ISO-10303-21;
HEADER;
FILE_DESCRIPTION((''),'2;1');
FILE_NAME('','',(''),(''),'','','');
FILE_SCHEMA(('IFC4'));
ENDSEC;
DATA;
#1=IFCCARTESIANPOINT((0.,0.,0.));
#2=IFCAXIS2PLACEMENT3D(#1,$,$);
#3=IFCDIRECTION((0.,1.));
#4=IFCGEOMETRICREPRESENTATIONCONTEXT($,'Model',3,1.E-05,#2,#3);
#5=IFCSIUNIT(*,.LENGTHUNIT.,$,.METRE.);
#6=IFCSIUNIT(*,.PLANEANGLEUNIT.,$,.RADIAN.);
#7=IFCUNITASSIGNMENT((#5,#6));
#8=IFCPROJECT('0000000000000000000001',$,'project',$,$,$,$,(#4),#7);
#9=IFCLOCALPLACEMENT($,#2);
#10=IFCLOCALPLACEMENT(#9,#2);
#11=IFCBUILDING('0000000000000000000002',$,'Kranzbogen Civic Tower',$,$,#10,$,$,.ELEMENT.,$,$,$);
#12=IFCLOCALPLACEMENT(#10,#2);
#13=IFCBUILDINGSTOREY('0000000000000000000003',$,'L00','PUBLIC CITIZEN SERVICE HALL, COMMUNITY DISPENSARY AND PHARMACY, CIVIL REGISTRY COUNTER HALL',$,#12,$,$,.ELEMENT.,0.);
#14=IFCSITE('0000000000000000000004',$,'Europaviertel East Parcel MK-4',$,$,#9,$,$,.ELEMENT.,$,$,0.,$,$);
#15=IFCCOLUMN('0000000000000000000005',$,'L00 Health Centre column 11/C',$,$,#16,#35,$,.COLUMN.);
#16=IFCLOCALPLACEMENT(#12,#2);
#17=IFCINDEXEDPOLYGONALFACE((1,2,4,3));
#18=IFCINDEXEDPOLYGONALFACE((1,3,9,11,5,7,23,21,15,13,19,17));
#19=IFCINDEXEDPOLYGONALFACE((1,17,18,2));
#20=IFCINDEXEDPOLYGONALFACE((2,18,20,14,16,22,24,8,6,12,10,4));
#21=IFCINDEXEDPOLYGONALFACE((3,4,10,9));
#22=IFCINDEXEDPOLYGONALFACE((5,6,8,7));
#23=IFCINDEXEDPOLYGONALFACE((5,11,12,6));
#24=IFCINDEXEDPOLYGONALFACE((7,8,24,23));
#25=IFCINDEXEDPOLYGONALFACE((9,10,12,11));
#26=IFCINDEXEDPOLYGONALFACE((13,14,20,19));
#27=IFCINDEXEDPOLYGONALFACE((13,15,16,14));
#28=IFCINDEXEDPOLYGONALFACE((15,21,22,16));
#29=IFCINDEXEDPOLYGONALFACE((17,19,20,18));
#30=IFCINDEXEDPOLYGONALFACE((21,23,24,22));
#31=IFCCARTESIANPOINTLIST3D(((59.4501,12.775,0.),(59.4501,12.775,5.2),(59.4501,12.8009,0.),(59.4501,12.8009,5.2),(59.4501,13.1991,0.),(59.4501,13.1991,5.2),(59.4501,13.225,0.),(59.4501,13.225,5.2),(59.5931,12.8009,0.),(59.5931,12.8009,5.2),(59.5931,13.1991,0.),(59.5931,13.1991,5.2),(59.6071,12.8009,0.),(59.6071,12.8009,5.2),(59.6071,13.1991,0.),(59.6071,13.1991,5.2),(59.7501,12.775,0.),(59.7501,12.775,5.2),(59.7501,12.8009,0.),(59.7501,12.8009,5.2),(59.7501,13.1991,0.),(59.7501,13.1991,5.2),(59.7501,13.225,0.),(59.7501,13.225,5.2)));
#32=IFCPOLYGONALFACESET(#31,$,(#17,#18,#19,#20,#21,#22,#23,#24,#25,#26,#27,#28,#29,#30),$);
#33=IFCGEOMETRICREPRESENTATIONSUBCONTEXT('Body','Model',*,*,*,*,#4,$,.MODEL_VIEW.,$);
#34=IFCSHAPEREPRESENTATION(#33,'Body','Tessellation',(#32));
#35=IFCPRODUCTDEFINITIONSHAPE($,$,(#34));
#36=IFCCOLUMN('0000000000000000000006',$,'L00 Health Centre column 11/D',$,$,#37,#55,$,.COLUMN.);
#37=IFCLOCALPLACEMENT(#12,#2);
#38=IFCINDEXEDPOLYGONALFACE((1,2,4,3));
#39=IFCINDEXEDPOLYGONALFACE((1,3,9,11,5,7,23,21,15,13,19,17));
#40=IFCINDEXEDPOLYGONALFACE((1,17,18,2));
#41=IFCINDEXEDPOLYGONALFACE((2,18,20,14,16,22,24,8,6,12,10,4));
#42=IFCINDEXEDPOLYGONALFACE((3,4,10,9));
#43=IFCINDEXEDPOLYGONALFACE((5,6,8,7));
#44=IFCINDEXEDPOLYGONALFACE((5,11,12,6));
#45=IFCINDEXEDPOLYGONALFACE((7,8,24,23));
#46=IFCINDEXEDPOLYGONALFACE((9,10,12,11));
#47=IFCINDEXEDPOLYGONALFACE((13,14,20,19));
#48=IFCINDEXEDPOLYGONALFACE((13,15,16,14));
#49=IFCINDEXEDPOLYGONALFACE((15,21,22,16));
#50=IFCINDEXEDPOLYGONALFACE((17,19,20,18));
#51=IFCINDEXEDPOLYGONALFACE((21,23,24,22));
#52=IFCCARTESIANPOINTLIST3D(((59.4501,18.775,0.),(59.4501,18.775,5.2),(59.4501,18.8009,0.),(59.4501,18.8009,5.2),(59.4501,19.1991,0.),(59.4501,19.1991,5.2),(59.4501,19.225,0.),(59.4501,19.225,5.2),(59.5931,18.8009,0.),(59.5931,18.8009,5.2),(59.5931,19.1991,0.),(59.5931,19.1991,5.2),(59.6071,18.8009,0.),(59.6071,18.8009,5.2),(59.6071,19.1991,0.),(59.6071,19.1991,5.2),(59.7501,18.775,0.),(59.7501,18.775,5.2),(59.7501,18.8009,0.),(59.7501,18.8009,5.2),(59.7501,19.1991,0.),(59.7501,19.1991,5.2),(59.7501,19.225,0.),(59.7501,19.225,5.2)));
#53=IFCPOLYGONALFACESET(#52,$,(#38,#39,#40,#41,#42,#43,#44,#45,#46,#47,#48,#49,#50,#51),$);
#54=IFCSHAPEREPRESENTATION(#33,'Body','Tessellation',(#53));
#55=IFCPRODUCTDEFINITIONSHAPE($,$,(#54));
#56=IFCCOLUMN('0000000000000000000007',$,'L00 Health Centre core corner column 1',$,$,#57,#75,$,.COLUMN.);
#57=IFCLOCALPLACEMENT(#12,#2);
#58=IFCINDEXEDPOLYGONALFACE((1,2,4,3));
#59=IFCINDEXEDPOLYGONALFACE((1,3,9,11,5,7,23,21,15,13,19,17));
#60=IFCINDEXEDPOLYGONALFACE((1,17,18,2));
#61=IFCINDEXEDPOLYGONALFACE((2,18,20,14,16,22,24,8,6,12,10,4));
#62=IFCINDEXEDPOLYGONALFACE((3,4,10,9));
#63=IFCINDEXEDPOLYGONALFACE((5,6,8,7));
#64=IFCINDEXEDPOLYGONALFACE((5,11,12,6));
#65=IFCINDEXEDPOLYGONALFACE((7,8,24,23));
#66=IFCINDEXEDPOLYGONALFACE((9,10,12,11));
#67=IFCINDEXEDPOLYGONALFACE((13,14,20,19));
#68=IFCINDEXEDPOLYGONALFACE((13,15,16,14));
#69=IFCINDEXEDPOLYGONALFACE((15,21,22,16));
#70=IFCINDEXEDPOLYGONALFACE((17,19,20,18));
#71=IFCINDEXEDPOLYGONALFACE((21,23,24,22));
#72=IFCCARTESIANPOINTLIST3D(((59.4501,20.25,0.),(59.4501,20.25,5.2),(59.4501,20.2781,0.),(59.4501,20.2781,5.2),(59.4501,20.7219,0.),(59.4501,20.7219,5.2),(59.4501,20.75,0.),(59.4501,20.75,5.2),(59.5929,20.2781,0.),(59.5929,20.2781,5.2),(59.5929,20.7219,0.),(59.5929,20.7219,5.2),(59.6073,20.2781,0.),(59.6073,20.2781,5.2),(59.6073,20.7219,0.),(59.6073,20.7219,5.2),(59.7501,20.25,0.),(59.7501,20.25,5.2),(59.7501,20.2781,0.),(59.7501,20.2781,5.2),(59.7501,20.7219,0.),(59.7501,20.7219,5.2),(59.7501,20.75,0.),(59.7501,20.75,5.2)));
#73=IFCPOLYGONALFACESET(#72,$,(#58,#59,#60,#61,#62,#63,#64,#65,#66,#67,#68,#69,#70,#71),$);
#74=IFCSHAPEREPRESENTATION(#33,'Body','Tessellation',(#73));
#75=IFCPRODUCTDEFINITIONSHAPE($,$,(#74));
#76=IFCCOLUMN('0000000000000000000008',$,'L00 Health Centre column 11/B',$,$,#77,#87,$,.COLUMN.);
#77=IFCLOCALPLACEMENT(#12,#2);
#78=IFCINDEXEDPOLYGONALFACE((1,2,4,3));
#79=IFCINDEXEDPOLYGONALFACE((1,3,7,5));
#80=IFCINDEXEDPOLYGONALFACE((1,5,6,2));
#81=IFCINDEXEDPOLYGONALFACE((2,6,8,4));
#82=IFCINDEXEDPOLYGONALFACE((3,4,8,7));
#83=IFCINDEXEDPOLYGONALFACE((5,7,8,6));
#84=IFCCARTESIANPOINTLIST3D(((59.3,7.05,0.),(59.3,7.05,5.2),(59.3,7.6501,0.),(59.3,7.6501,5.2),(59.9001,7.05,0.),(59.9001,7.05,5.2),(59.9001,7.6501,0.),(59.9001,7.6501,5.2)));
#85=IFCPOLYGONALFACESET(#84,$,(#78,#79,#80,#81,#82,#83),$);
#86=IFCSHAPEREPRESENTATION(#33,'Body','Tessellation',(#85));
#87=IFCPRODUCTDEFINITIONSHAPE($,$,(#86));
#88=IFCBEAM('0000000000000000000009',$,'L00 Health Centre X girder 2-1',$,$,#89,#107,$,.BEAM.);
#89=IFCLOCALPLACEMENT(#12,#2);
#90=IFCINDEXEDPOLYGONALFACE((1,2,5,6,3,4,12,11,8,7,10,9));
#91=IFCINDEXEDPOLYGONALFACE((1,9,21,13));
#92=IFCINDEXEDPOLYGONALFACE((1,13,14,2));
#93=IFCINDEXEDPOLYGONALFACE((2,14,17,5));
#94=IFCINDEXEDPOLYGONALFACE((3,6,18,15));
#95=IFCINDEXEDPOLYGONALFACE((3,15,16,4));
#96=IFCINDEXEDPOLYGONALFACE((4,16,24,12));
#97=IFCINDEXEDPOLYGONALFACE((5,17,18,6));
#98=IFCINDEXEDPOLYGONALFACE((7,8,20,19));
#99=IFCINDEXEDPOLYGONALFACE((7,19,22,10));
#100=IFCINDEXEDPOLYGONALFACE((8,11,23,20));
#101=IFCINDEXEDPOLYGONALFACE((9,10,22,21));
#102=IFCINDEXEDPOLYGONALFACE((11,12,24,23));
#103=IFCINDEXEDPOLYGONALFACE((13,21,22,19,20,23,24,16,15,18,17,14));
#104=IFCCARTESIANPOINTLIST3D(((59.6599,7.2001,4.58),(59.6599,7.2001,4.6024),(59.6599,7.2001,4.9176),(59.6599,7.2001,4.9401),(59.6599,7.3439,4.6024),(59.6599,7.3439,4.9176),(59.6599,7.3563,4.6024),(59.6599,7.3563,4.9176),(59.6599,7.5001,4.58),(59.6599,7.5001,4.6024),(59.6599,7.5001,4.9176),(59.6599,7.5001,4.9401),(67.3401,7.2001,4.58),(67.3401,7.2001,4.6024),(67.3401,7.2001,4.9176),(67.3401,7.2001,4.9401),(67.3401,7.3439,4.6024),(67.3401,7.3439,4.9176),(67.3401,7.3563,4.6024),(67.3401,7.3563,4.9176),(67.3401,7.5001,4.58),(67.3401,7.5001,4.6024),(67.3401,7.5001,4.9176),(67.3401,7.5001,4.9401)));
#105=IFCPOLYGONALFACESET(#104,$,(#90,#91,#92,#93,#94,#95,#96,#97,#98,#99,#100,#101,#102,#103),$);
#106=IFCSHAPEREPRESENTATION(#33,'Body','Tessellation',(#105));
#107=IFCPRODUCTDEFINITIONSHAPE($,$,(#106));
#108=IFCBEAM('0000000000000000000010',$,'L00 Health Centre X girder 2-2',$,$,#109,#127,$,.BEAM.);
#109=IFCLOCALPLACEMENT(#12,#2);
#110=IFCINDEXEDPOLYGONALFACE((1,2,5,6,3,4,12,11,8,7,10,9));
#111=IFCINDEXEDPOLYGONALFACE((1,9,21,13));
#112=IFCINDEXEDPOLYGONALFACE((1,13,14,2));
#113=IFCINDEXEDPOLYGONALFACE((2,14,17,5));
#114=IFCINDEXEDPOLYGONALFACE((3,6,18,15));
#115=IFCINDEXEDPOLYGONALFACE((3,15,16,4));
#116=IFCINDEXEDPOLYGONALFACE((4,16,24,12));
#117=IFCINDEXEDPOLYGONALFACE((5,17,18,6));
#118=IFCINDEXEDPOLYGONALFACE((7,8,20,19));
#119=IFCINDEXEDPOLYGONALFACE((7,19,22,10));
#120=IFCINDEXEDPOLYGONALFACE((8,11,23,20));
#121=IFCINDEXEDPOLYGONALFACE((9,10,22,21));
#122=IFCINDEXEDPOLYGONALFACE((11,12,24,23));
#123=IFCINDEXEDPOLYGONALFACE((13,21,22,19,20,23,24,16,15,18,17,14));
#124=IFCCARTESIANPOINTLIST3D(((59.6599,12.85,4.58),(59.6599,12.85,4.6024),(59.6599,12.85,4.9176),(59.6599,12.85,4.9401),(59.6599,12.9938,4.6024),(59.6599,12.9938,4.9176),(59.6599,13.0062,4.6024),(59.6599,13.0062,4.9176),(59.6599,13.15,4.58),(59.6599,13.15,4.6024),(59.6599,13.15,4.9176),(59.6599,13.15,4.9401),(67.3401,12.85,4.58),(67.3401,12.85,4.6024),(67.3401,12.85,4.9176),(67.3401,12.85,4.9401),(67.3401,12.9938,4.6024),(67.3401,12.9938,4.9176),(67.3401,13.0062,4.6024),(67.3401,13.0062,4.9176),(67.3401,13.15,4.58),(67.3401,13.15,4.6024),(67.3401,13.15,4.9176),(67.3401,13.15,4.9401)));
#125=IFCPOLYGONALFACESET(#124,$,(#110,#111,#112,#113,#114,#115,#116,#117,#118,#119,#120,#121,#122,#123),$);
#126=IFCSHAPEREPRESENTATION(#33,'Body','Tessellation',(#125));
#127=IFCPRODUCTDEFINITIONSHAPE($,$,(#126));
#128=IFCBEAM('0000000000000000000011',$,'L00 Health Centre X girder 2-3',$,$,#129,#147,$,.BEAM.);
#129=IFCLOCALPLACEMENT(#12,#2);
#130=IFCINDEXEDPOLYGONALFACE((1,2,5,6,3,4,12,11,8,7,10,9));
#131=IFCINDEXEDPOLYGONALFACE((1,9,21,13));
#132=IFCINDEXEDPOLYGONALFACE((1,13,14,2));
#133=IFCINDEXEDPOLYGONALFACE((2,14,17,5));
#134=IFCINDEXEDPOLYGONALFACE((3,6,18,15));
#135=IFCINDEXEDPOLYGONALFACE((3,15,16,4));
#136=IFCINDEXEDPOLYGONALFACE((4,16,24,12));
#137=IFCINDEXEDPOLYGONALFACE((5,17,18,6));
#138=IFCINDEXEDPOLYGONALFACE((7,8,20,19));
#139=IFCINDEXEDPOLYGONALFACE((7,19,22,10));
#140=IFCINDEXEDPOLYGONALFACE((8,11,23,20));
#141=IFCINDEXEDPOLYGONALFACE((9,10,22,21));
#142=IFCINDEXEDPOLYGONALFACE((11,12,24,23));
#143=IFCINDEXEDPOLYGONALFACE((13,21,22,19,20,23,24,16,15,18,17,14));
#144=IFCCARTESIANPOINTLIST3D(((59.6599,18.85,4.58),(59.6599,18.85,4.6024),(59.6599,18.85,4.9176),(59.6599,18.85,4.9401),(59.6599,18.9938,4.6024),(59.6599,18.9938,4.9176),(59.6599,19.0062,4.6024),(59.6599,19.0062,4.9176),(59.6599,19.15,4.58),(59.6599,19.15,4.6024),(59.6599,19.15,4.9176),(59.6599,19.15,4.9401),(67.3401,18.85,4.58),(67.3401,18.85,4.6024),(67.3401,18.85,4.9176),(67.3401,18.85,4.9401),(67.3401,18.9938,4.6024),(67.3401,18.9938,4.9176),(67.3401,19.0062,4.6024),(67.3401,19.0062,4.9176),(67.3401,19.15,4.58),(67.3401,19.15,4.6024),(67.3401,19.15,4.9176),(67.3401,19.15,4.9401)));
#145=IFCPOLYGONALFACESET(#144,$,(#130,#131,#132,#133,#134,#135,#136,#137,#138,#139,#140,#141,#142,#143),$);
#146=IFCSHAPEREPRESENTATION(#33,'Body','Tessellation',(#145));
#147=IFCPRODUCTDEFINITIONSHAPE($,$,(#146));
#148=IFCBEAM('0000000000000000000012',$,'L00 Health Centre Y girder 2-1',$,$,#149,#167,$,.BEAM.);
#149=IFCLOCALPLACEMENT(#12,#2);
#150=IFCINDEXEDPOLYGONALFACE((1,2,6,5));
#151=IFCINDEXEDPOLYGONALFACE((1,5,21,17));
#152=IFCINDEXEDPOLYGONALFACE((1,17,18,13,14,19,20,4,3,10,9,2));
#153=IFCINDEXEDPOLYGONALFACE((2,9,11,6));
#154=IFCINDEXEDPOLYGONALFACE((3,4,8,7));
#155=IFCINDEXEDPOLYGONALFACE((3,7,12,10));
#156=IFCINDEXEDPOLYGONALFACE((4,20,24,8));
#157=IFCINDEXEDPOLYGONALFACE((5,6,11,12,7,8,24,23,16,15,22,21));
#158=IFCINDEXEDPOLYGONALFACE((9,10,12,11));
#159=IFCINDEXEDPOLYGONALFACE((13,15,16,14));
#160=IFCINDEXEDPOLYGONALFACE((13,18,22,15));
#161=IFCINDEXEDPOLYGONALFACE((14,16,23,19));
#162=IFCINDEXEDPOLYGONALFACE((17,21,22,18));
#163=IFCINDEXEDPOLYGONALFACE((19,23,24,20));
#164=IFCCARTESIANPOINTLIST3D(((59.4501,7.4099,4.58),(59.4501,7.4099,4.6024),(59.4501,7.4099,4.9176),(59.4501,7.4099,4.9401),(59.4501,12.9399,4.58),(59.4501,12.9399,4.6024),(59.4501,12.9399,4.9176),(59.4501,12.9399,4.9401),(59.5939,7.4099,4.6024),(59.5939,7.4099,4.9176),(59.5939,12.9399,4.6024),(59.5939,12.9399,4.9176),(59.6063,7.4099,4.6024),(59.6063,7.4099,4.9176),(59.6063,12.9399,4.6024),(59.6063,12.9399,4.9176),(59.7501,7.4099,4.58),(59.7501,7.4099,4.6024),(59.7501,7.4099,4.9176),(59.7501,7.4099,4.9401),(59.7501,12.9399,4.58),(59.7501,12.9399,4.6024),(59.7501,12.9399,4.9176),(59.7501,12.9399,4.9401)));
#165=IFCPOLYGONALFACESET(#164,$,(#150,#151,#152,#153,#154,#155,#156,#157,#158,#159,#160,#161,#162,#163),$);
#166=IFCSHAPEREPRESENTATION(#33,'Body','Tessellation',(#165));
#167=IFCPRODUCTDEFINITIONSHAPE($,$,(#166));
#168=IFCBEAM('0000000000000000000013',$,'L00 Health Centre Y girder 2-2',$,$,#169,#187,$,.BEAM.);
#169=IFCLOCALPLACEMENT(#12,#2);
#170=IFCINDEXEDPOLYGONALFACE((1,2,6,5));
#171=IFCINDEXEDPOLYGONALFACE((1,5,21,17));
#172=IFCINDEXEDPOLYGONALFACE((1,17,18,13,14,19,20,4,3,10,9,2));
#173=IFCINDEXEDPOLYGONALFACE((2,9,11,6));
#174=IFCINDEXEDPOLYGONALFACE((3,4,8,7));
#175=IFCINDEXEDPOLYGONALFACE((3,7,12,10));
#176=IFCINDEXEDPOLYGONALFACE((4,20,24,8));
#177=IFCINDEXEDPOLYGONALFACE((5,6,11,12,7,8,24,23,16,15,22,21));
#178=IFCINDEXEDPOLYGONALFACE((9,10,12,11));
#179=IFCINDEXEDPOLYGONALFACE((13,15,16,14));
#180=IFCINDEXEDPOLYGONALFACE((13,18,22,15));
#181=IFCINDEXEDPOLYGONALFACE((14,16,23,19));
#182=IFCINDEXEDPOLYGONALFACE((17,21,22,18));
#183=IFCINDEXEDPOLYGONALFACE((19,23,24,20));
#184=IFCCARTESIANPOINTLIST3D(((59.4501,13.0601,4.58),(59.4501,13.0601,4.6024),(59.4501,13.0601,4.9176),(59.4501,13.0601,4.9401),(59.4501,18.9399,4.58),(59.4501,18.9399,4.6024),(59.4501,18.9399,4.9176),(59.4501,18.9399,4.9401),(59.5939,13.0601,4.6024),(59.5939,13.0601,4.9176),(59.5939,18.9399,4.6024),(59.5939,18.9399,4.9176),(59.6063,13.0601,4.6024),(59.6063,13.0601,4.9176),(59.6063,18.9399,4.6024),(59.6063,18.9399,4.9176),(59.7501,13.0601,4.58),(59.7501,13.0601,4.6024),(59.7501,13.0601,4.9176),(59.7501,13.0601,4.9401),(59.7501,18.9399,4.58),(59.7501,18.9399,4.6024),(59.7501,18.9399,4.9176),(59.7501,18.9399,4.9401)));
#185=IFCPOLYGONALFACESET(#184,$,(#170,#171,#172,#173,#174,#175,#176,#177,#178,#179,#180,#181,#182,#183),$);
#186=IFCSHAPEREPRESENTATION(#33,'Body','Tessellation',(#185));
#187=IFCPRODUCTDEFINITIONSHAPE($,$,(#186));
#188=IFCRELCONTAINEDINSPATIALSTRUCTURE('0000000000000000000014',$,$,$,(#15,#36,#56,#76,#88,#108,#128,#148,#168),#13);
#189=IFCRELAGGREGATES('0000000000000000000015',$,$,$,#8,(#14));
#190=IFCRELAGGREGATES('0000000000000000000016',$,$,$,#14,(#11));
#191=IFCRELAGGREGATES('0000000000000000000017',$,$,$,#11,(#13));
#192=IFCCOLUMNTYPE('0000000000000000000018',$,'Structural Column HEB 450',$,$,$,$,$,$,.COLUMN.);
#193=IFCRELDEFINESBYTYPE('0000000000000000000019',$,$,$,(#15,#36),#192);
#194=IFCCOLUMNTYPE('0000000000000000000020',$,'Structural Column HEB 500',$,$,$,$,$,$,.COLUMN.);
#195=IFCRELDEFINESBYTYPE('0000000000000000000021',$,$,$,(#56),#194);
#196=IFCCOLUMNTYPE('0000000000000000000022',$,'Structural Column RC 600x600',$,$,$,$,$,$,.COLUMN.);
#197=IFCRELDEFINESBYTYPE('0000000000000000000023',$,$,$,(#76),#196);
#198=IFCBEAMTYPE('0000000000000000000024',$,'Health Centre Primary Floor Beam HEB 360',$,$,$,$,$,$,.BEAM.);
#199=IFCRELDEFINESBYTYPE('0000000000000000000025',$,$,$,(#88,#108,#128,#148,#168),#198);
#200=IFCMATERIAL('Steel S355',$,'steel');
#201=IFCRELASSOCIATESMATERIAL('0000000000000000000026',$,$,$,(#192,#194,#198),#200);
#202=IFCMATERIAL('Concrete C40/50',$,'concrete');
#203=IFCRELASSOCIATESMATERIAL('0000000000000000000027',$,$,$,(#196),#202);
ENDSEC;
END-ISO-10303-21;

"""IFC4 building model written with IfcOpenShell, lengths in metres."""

from ifc_helpers import new_model, si_unit, direction, frame, origin, origin_2d, place, context, subcontext, project, spatial, rectangle, i_section, extrude, material, material_profile, profile_set, type_object, element, save


model = new_model("IFC4")

# Units and contexts
model_context = context("Model", 3, precision=1e-05, world=origin(), true_north=direction((0.0, 1.0)))
body_context = subcontext(model_context, "Body", "Model", "MODEL_VIEW")
ifc_project = project(units=[si_unit("LENGTHUNIT", "METRE"), si_unit("PLANEANGLEUNIT", "RADIAN")], contexts=[model_context])

# Site, building, storey
site_placement = place(None, origin())
site = spatial("IfcSite", under=ifc_project, at=site_placement, Name="Europaviertel East Parcel MK-4", CompositionType="ELEMENT", RefElevation=0.0)
building_placement = place(site_placement, origin())
building = spatial("IfcBuilding", under=site, at=building_placement, Name="Kranzbogen Civic Tower", CompositionType="ELEMENT")
storey_placement = place(building_placement, origin())
storey = spatial("IfcBuildingStorey", under=building, at=storey_placement, Name="L00", Description="PUBLIC CITIZEN SERVICE HALL, COMMUNITY DISPENSARY AND PHARMACY, CIVIL REGISTRY COUNTER HALL", CompositionType="ELEMENT", Elevation=0.0)

# Columns
ifc_material_1 = material(Name="Steel S355", Category="steel")
ifc_material_profile_1 = material_profile(ifc_material_1, i_section(OverallWidth=0.3, OverallDepth=0.45, WebThickness=0.0139, FlangeThickness=0.0259, at=origin_2d()), Name="HEB 450")
ifc_profile_set_1 = profile_set([ifc_material_profile_1], Name="Steel S355")
column_type_1 = type_object("IfcColumnType", Name="Structural Column HEB 450", PredefinedType="COLUMN", material=ifc_profile_set_1)
for number, where, z_axis, x_axis, name in (
    (1, (59.6001, 13.0, 0.0), (0.0, 0.0, 1.0), (1.0, 0.0, 0.0), "L00 Health Centre column 11/C"),
    (2, (59.6001, 19.0, 0.0), (0.0, 0.0, 1.0), (1.0, 0.0, 0.0), "L00 Health Centre column 11/D"),
):
    element("IfcColumn", number, at=place(storey_placement, frame(where, z_axis=z_axis, x_axis=x_axis)), inside=storey, type_object=column_type_1, Name=name, PredefinedType="COLUMN", context=body_context, shape_type="SweptSolid", body=[
        extrude(i_section(OverallWidth=0.3, OverallDepth=0.45, WebThickness=0.0139, FlangeThickness=0.0259, at=origin_2d()), origin(), (0.0, 0.0, 1.0), 5.2),
    ])
ifc_material_profile_2 = material_profile(ifc_material_1, i_section(OverallWidth=0.3, OverallDepth=0.5, WebThickness=0.0144, FlangeThickness=0.0281, at=origin_2d()), Name="HEB 500")
ifc_profile_set_2 = profile_set([ifc_material_profile_2], Name="Steel S355")
column_type_2 = type_object("IfcColumnType", Name="Structural Column HEB 500", PredefinedType="COLUMN", material=ifc_profile_set_2)
column_1_placement = place(storey_placement, frame((59.6001, 20.5, 0.0), z_axis=(0.0, 0.0, 1.0), x_axis=(1.0, 0.0, 0.0)))
element("IfcColumn", 3, at=column_1_placement, inside=storey, type_object=column_type_2, Name="L00 Health Centre core corner column 1", PredefinedType="COLUMN", context=body_context, shape_type="SweptSolid", body=[
    extrude(i_section(OverallWidth=0.3, OverallDepth=0.5, WebThickness=0.0144, FlangeThickness=0.0281, at=origin_2d()), origin(), (0.0, 0.0, 1.0), 5.2),
])
ifc_material_2 = material(Name="Concrete C40/50", Category="concrete")
ifc_material_profile_3 = material_profile(ifc_material_2, rectangle(XDim=0.6001, YDim=0.6001, at=origin_2d()), Name="RC 600x600")
ifc_profile_set_3 = profile_set([ifc_material_profile_3], Name="Concrete C40/50")
column_type_3 = type_object("IfcColumnType", Name="Structural Column RC 600x600", PredefinedType="COLUMN", material=ifc_profile_set_3)
column_2_placement = place(storey_placement, frame((59.6001, 7.3501, 0.0), z_axis=(0.0, 0.0, 1.0), x_axis=(1.0, 0.0, 0.0)))
element("IfcColumn", 4, at=column_2_placement, inside=storey, type_object=column_type_3, Name="L00 Health Centre column 11/B", PredefinedType="COLUMN", context=body_context, shape_type="SweptSolid", body=[
    extrude(rectangle(XDim=0.6001, YDim=0.6001, at=origin_2d()), origin(), (0.0, 0.0, 1.0), 5.2),
])

# Beams
ifc_material_profile_4 = material_profile(ifc_material_1, i_section(OverallWidth=0.3, OverallDepth=0.3601, WebThickness=0.0125, FlangeThickness=0.0225, at=origin_2d()), Name="HEB 360")
ifc_profile_set_4 = profile_set([ifc_material_profile_4], Name="Steel S355")
beam_type_1 = type_object("IfcBeamType", Name="Health Centre Primary Floor Beam HEB 360", PredefinedType="BEAM", material=ifc_profile_set_4)
for number, where, z_axis, x_axis, name in (
    (5, (59.6599, 7.3501, 4.76), (1.0, 0.0, 0.0), (0.0, 1.0, 0.0), "L00 Health Centre X girder 2-1"),
    (6, (59.6599, 13.0, 4.76), (1.0, 0.0, 0.0), (0.0, 1.0, 0.0), "L00 Health Centre X girder 2-2"),
    (7, (59.6599, 19.0, 4.76), (1.0, 0.0, 0.0), (0.0, 1.0, 0.0), "L00 Health Centre X girder 2-3"),
):
    element("IfcBeam", number, at=place(storey_placement, frame(where, z_axis=z_axis, x_axis=x_axis)), inside=storey, type_object=beam_type_1, Name=name, PredefinedType="BEAM", context=body_context, shape_type="SweptSolid", body=[
        extrude(i_section(OverallWidth=0.3, OverallDepth=0.3601, WebThickness=0.0125, FlangeThickness=0.0225, at=origin_2d()), origin(), (0.0, 0.0, 1.0), 7.6802),
    ])
beam_1_placement = place(storey_placement, frame((59.6001, 7.4099, 4.76), z_axis=(0.0, 1.0, 0.0), x_axis=(-1.0, 0.0, 0.0)))
element("IfcBeam", 8, at=beam_1_placement, inside=storey, type_object=beam_type_1, Name="L00 Health Centre Y girder 2-1", PredefinedType="BEAM", context=body_context, shape_type="SweptSolid", body=[
    extrude(i_section(OverallWidth=0.3, OverallDepth=0.3601, WebThickness=0.0125, FlangeThickness=0.0225, at=origin_2d()), origin(), (0.0, 0.0, 1.0), 5.53),
])
for number, where, z_axis, x_axis, name in (
    (9, (59.6001, 13.0601, 4.76), (0.0, 1.0, 0.0), (-1.0, 0.0, 0.0), "L00 Health Centre Y girder 2-2"),
):
    element("IfcBeam", number, at=place(storey_placement, frame(where, z_axis=z_axis, x_axis=x_axis)), inside=storey, type_object=beam_type_1, Name=name, PredefinedType="BEAM", context=body_context, shape_type="SweptSolid", body=[
        extrude(i_section(OverallWidth=0.3, OverallDepth=0.3601, WebThickness=0.0125, FlangeThickness=0.0225, at=origin_2d()), origin(), (0.0, 0.0, 1.0), 5.8799),
    ])

save(model, "model.ifc")
